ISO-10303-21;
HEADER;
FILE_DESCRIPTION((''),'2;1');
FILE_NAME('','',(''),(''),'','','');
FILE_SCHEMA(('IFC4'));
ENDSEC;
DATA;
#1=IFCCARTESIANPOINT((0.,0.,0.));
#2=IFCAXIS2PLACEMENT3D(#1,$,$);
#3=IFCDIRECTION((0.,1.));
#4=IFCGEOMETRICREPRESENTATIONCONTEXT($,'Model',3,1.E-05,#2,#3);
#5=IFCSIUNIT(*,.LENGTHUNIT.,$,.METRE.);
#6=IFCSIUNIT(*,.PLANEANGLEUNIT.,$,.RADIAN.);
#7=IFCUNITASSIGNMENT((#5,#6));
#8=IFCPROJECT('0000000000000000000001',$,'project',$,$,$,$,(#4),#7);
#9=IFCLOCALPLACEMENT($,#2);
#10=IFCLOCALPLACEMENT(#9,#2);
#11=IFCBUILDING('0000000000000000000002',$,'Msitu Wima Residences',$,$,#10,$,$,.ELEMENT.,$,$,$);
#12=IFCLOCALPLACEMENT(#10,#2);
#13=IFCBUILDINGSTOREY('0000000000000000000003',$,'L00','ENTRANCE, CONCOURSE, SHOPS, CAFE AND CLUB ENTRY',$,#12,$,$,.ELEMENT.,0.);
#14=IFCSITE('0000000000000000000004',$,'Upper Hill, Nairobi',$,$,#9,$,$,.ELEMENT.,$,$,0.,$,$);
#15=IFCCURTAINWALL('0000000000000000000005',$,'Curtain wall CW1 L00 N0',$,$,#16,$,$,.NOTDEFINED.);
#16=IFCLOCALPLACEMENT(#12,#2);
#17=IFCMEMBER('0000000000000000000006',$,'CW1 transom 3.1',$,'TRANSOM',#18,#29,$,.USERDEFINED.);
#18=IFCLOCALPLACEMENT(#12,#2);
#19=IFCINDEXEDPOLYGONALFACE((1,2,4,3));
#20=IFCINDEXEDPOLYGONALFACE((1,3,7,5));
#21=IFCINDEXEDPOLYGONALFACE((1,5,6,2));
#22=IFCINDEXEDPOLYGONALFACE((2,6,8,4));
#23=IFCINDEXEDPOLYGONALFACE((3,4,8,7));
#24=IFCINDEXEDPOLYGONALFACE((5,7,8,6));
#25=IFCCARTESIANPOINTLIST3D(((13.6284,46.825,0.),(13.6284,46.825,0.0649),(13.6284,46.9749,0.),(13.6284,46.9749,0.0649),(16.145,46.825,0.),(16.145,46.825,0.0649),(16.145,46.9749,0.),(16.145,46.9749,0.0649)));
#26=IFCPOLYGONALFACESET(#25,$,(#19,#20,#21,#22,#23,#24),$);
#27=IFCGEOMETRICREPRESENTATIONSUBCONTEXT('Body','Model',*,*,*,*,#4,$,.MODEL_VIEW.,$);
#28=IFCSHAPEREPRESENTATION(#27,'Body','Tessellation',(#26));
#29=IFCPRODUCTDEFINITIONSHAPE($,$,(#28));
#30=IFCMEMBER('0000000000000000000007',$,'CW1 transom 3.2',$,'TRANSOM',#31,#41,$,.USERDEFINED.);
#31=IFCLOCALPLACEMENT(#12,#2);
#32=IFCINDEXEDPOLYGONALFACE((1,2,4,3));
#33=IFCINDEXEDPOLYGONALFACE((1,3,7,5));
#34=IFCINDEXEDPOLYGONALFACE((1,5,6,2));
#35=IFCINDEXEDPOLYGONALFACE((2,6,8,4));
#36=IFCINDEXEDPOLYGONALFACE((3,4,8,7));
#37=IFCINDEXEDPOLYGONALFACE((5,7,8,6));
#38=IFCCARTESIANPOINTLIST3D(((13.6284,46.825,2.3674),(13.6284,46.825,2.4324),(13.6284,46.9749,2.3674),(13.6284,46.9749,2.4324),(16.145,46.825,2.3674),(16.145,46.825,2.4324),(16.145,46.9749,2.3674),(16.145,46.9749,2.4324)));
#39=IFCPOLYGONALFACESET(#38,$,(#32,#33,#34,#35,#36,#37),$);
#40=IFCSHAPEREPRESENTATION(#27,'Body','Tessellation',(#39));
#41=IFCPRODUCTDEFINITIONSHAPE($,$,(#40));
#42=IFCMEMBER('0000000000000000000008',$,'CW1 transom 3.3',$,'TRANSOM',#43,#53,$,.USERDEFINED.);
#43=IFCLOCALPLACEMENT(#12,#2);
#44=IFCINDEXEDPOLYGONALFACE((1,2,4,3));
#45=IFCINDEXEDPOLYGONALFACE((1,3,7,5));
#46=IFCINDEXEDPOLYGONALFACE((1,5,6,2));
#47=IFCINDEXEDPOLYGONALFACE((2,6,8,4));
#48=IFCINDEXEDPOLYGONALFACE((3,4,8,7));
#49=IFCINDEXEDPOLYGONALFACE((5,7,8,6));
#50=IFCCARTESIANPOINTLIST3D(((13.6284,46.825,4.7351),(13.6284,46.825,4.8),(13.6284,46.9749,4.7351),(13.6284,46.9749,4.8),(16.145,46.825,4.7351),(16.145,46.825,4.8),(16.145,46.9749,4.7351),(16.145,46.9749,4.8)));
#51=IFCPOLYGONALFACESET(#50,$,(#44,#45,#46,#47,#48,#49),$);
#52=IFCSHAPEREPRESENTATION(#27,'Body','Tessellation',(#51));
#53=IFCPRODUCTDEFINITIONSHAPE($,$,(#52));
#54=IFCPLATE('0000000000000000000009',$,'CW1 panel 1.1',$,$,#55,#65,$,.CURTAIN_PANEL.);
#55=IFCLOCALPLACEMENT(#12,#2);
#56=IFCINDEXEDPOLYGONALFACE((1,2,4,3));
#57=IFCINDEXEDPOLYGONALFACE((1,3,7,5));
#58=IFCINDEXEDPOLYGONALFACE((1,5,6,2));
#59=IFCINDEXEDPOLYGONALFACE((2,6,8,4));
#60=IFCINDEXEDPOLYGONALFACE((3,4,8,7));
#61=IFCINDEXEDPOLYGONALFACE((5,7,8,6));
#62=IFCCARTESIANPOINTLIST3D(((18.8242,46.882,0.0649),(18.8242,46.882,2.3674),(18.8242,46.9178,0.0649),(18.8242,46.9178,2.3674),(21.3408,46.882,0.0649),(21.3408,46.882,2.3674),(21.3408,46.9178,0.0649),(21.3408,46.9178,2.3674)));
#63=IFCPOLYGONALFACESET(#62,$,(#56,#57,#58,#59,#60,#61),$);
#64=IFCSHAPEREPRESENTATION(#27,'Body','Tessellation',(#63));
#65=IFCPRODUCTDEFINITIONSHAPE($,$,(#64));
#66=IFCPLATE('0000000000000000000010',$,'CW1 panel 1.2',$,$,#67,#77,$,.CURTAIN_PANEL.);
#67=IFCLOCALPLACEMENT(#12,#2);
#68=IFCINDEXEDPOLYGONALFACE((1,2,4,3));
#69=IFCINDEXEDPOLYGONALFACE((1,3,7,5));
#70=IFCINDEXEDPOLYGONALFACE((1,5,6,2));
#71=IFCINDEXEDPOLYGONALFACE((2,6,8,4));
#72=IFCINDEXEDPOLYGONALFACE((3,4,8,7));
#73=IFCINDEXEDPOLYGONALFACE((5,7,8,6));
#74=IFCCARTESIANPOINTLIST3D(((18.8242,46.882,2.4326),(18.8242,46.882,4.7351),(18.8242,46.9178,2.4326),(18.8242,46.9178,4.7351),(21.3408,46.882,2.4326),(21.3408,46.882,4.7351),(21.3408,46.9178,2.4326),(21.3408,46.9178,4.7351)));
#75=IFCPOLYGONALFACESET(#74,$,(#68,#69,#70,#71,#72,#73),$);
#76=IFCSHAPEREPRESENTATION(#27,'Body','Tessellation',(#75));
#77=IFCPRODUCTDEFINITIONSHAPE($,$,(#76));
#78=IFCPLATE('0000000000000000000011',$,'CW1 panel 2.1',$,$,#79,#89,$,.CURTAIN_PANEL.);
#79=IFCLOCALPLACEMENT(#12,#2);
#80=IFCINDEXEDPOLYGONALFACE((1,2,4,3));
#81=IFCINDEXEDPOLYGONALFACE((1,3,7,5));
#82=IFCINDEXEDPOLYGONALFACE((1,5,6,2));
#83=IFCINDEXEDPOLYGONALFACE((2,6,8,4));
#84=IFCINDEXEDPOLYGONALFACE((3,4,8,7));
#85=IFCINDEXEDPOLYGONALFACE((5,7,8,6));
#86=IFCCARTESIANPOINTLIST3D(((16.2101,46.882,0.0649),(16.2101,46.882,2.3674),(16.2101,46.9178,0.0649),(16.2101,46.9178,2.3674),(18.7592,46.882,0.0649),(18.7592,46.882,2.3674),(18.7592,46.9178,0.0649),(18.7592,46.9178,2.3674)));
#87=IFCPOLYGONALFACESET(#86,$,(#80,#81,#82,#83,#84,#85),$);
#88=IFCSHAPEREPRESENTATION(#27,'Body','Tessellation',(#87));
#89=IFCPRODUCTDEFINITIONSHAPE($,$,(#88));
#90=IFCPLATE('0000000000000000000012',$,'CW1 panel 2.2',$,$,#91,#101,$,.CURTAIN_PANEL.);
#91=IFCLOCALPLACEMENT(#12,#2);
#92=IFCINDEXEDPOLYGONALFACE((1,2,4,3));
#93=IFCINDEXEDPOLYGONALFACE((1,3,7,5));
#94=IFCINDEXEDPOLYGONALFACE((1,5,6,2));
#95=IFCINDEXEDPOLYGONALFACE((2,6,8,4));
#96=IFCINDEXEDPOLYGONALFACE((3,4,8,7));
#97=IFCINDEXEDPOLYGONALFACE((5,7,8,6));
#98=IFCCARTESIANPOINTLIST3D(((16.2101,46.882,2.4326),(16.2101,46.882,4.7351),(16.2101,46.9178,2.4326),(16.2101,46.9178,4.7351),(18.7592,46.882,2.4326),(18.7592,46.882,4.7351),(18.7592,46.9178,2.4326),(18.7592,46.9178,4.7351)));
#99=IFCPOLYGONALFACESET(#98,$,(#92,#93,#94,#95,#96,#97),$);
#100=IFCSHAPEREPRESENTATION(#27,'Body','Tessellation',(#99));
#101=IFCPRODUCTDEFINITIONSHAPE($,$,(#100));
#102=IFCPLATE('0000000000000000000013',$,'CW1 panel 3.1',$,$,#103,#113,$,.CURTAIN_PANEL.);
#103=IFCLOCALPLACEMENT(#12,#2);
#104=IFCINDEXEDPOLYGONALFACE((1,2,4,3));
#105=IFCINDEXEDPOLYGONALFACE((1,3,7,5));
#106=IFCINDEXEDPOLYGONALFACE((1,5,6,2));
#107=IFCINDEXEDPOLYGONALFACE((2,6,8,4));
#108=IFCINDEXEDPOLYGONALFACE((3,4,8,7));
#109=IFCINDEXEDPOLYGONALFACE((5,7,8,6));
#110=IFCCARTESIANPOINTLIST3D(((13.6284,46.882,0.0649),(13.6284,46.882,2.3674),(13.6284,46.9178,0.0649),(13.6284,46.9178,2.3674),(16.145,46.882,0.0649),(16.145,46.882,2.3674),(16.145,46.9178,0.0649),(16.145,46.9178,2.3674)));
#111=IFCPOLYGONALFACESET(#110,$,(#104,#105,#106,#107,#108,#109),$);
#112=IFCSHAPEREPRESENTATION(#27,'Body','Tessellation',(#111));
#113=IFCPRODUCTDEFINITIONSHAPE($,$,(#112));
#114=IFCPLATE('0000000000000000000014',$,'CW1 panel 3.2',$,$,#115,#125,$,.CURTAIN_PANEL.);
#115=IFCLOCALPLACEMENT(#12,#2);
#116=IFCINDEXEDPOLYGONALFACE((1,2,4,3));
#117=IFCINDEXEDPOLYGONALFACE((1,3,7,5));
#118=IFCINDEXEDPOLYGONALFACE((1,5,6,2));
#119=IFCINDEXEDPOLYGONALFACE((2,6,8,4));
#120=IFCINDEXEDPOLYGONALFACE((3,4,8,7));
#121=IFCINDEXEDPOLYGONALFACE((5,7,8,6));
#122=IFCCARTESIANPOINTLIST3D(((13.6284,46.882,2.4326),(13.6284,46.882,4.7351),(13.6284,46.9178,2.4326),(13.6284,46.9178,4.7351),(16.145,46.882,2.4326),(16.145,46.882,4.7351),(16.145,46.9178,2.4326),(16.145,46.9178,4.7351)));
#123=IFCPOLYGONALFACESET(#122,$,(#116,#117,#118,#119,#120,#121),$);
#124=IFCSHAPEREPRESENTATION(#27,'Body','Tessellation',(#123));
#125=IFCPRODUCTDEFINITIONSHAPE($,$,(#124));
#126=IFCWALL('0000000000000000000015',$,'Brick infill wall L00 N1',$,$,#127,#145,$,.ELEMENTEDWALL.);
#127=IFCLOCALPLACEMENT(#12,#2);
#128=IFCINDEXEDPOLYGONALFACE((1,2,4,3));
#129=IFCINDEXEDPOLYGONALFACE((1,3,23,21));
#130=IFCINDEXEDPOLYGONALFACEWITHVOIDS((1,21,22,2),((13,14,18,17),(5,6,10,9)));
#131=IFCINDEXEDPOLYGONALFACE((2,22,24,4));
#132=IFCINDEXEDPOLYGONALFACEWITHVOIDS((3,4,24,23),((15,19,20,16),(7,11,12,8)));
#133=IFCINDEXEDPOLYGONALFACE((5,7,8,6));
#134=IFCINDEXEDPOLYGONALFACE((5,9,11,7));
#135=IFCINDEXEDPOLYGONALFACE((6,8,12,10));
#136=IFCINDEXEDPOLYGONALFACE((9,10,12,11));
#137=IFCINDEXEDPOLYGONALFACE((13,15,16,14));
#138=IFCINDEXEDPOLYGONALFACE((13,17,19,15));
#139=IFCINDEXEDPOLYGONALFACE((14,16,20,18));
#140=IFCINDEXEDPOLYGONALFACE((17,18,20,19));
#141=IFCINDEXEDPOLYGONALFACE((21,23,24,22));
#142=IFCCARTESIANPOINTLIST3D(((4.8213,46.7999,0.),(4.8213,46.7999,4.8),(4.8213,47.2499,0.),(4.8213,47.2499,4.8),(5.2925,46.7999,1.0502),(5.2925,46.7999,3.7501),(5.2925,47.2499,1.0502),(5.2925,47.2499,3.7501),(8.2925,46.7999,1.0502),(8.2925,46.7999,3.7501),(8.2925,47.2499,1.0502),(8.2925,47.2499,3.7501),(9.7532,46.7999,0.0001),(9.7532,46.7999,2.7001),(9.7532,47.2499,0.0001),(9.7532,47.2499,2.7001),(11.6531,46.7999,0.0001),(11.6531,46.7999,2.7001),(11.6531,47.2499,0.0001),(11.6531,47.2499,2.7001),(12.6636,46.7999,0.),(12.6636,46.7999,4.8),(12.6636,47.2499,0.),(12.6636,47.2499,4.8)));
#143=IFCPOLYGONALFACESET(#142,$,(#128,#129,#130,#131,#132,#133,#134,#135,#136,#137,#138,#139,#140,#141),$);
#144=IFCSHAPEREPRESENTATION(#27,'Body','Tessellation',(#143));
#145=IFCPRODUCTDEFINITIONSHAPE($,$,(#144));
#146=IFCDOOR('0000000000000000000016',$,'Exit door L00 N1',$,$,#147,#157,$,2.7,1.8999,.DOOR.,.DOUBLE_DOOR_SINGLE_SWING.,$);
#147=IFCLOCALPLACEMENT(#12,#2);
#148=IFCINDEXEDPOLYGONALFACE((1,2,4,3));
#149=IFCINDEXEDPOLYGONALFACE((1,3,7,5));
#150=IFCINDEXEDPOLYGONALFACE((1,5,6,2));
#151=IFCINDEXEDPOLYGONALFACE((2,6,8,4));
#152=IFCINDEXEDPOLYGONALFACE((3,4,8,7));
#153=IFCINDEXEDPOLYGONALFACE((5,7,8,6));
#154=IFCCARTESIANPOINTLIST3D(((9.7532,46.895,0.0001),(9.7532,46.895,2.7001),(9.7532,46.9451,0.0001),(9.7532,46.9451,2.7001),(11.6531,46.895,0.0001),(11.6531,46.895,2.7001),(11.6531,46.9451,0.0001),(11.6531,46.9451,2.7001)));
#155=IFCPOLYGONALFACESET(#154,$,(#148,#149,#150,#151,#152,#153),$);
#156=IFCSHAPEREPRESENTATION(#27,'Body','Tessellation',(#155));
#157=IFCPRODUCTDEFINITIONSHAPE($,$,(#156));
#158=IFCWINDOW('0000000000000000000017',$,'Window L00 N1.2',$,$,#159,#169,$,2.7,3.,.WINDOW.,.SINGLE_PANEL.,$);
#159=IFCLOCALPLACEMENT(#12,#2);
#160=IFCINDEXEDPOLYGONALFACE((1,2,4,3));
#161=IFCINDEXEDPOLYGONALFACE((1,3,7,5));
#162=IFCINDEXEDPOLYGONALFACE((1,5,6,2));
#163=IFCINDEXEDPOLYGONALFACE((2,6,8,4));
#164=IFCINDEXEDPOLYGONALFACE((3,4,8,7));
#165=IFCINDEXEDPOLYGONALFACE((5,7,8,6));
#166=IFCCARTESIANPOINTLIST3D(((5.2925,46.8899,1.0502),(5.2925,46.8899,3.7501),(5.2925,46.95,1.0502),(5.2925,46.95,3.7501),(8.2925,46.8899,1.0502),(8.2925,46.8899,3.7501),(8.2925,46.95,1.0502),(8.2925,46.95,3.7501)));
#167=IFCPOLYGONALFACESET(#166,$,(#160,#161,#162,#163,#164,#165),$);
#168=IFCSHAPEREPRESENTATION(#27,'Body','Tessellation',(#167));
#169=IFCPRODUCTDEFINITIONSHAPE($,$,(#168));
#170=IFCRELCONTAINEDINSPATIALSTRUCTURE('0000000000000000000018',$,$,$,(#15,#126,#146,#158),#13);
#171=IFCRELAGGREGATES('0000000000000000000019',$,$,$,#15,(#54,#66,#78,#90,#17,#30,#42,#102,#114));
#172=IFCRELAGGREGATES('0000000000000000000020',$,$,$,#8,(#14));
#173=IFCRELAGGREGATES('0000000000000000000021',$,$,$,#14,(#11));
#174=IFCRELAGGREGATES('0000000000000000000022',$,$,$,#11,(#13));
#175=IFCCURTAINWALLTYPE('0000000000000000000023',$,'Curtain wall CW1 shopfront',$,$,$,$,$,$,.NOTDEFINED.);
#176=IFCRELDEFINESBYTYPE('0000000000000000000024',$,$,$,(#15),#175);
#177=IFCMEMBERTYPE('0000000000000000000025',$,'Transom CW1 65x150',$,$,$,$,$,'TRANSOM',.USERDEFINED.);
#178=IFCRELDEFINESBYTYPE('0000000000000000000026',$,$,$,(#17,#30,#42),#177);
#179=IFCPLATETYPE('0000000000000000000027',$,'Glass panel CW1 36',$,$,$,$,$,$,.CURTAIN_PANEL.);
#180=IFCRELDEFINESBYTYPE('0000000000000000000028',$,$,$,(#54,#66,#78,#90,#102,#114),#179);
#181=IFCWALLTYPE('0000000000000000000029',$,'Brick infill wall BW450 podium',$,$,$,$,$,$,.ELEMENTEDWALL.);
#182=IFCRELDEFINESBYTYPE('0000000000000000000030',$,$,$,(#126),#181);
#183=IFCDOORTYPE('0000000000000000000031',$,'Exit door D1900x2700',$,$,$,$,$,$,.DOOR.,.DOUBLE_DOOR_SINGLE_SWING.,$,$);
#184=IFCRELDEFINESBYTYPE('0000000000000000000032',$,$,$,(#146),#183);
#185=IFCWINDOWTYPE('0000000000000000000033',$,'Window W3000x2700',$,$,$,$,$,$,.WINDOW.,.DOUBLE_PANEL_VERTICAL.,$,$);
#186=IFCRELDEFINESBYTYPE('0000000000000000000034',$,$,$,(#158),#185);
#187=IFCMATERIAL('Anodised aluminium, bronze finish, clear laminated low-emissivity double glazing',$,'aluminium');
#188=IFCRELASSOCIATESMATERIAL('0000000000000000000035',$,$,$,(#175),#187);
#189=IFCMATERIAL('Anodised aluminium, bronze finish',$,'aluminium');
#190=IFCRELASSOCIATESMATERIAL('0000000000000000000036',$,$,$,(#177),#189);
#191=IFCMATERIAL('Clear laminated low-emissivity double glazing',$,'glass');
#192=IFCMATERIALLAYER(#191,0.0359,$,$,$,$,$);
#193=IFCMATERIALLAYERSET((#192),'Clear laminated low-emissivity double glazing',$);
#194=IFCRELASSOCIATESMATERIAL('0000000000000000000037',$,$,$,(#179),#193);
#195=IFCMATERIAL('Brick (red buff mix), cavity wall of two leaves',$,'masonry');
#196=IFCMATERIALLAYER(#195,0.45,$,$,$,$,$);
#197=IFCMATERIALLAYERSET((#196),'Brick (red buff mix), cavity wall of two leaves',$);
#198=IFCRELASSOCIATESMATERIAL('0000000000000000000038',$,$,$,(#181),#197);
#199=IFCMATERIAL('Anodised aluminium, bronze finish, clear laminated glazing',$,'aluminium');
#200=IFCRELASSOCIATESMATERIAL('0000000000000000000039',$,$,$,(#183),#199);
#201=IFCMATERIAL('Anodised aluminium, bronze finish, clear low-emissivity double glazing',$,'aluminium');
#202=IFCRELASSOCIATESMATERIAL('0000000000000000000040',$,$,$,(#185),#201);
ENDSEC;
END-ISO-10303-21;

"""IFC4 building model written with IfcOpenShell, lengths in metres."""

from ifc_helpers import new_model, si_unit, direction, frame, frame_2d, origin, origin_2d, place, context, subcontext, project, spatial, rectangle, extrude, material, layer, layer_set, material_profile, profile_set, type_object, element, fill, aggregate, save


model = new_model("IFC4")

# Units and contexts
model_context = context("Model", 3, precision=1e-05, world=origin(), true_north=direction((0.0, 1.0)))
body_context = subcontext(model_context, "Body", "Model", "MODEL_VIEW")
ifc_project = project(units=[si_unit("LENGTHUNIT", "METRE"), si_unit("PLANEANGLEUNIT", "RADIAN")], contexts=[model_context])

# Site, building, storey
site_placement = place(None, origin())
site = spatial("IfcSite", under=ifc_project, at=site_placement, Name="Upper Hill, Nairobi", CompositionType="ELEMENT", RefElevation=0.0)
building_placement = place(site_placement, origin())
building = spatial("IfcBuilding", under=site, at=building_placement, Name="Msitu Wima Residences", CompositionType="ELEMENT")
storey_placement = place(building_placement, origin())
storey = spatial("IfcBuildingStorey", under=building, at=storey_placement, Name="L00", Description="ENTRANCE, CONCOURSE, SHOPS, CAFE AND CLUB ENTRY", CompositionType="ELEMENT", Elevation=0.0)

# Curtain wall
ifc_material_1 = material(Name="Anodised aluminium, bronze finish, clear laminated low-emissivity double glazing", Category="aluminium")
curtain_wall_type = type_object("IfcCurtainWallType", Name="Curtain wall CW1 shopfront", PredefinedType="NOTDEFINED", material=ifc_material_1)
curtain_wall_placement = place(storey_placement, origin())
curtain_wall = element("IfcCurtainWall", 1, at=curtain_wall_placement, inside=storey, type_object=curtain_wall_type, Name="Curtain wall CW1 L00 N0", PredefinedType="NOTDEFINED")
ifc_material_2 = material(Name="Anodised aluminium, bronze finish", Category="aluminium")

# Members
ifc_material_profile_1 = material_profile(ifc_material_2, rectangle(XDim=0.1499, YDim=0.0649, at=origin_2d()), Name="Transom 65x150")
ifc_profile_set_1 = profile_set([ifc_material_profile_1], Name="Anodised aluminium, bronze finish")
member_type_1 = type_object("IfcMemberType", Name="Transom CW1 65x150", ElementType="TRANSOM", PredefinedType="USERDEFINED", material=ifc_profile_set_1)
member_1_placement = place(storey_placement, frame((16.145, 46.8999, 0.0325), z_axis=(-1.0, 0.0, 0.0), x_axis=(0.0, -1.0, 0.0)))
member_1 = element("IfcMember", 2, at=member_1_placement, type_object=member_type_1, Name="CW1 transom 3.1", ObjectType="TRANSOM", PredefinedType="USERDEFINED", context=body_context, shape_type="SweptSolid", body=[
    extrude(rectangle(XDim=0.1499, YDim=0.0649, at=origin_2d()), origin(), (0.0, 0.0, 1.0), 2.5166),
])
member_2_placement = place(storey_placement, frame((16.145, 46.8999, 2.3999), z_axis=(-1.0, 0.0, 0.0), x_axis=(0.0, -1.0, 0.0)))
member_2 = element("IfcMember", 3, at=member_2_placement, type_object=member_type_1, Name="CW1 transom 3.2", ObjectType="TRANSOM", PredefinedType="USERDEFINED", context=body_context, shape_type="SweptSolid", body=[
    extrude(rectangle(XDim=0.1499, YDim=0.0649, at=origin_2d()), origin(), (0.0, 0.0, 1.0), 2.5166),
])
member_3_placement = place(storey_placement, frame((16.145, 46.8999, 4.7676), z_axis=(-1.0, 0.0, 0.0), x_axis=(0.0, -1.0, 0.0)))
member_3 = element("IfcMember", 4, at=member_3_placement, type_object=member_type_1, Name="CW1 transom 3.3", ObjectType="TRANSOM", PredefinedType="USERDEFINED", context=body_context, shape_type="SweptSolid", body=[
    extrude(rectangle(XDim=0.1499, YDim=0.0649, at=origin_2d()), origin(), (0.0, 0.0, 1.0), 2.5166),
])

# Plates
ifc_material_3 = material(Name="Clear laminated low-emissivity double glazing", Category="glass")
ifc_layer_1 = layer(ifc_material_3, 0.0359)
ifc_layer_set_1 = layer_set([ifc_layer_1], Name="Clear laminated low-emissivity double glazing")
plate_type = type_object("IfcPlateType", Name="Glass panel CW1 36", PredefinedType="CURTAIN_PANEL", material=ifc_layer_set_1)
plate_1_placement = place(storey_placement, frame((20.0825, 46.8999, 0.0649), z_axis=(0.0, 0.0, 1.0), x_axis=(-1.0, 0.0, 0.0)))
plate_1 = element("IfcPlate", 5, at=plate_1_placement, type_object=plate_type, Name="CW1 panel 1.1", PredefinedType="CURTAIN_PANEL", context=body_context, shape_type="SweptSolid", body=[
    extrude(rectangle(XDim=2.5166, YDim=0.0359, at=origin_2d()), origin(), (0.0, 0.0, 1.0), 2.3025),
])
plate_2_placement = place(storey_placement, frame((20.0825, 46.8999, 2.4326), z_axis=(0.0, 0.0, 1.0), x_axis=(-1.0, 0.0, 0.0)))
plate_2 = element("IfcPlate", 6, at=plate_2_placement, type_object=plate_type, Name="CW1 panel 1.2", PredefinedType="CURTAIN_PANEL", context=body_context, shape_type="SweptSolid", body=[
    extrude(rectangle(XDim=2.5166, YDim=0.0359, at=origin_2d()), origin(), (0.0, 0.0, 1.0), 2.3025),
])
plate_3_placement = place(storey_placement, frame((17.4846, 46.8999, 0.0649), z_axis=(0.0, 0.0, 1.0), x_axis=(-1.0, 0.0, 0.0)))
plate_3 = element("IfcPlate", 7, at=plate_3_placement, type_object=plate_type, Name="CW1 panel 2.1", PredefinedType="CURTAIN_PANEL", context=body_context, shape_type="SweptSolid", body=[
    extrude(rectangle(XDim=2.5491, YDim=0.0359, at=origin_2d()), origin(), (0.0, 0.0, 1.0), 2.3025),
])
plate_4_placement = place(storey_placement, frame((17.4846, 46.8999, 2.4326), z_axis=(0.0, 0.0, 1.0), x_axis=(-1.0, 0.0, 0.0)))
plate_4 = element("IfcPlate", 8, at=plate_4_placement, type_object=plate_type, Name="CW1 panel 2.2", PredefinedType="CURTAIN_PANEL", context=body_context, shape_type="SweptSolid", body=[
    extrude(rectangle(XDim=2.5491, YDim=0.0359, at=origin_2d()), origin(), (0.0, 0.0, 1.0), 2.3025),
])
plate_5_placement = place(storey_placement, frame((14.8867, 46.8999, 0.0649), z_axis=(0.0, 0.0, 1.0), x_axis=(-1.0, 0.0, 0.0)))
plate_5 = element("IfcPlate", 9, at=plate_5_placement, type_object=plate_type, Name="CW1 panel 3.1", PredefinedType="CURTAIN_PANEL", context=body_context, shape_type="SweptSolid", body=[
    extrude(rectangle(XDim=2.5166, YDim=0.0359, at=origin_2d()), origin(), (0.0, 0.0, 1.0), 2.3025),
])
plate_6_placement = place(storey_placement, frame((14.8867, 46.8999, 2.4326), z_axis=(0.0, 0.0, 1.0), x_axis=(-1.0, 0.0, 0.0)))
plate_6 = element("IfcPlate", 10, at=plate_6_placement, type_object=plate_type, Name="CW1 panel 3.2", PredefinedType="CURTAIN_PANEL", context=body_context, shape_type="SweptSolid", body=[
    extrude(rectangle(XDim=2.5166, YDim=0.0359, at=origin_2d()), origin(), (0.0, 0.0, 1.0), 2.3025),
])
aggregate(curtain_wall, [plate_1, plate_2, plate_3, plate_4, member_1, member_2, member_3, plate_5, plate_6])

# Wall, openings, door, window
ifc_material_4 = material(Name="Brick (red buff mix), cavity wall of two leaves", Category="masonry")
ifc_layer_2 = layer(ifc_material_4, 0.45)
ifc_layer_set_2 = layer_set([ifc_layer_2], Name="Brick (red buff mix), cavity wall of two leaves")
wall_type_1 = type_object("IfcWallType", Name="Brick infill wall BW450 podium", PredefinedType="ELEMENTEDWALL", material=ifc_layer_set_2)
wall_1_placement = place(storey_placement, frame((12.6636, 47.0249, 0.0), z_axis=(0.0, 0.0, 1.0), x_axis=(-1.0, 0.0, 0.0)))
wall_1 = element("IfcWall", 11, at=wall_1_placement, inside=storey, type_object=wall_type_1, Name="Brick infill wall L00 N1", PredefinedType="ELEMENTEDWALL", context=body_context, shape_type="SweptSolid", body=[
    extrude(rectangle(XDim=7.8423, YDim=0.45, at=frame_2d((3.9211, 0.0))), origin(), (0.0, 0.0, 1.0), 4.8),
])
opening_1_placement = place(wall_1_placement, frame((1.0105, 0.0, 0.0)))
opening_1 = element("IfcOpeningElement", 12, at=opening_1_placement, cuts=wall_1, PredefinedType="OPENING", context=body_context, shape_type="SweptSolid", body=[
    extrude(rectangle(XDim=1.8999, YDim=2.7, at=frame_2d((0.95, 1.3501))), frame((0.0, 0.2349, 0.0), z_axis=(0.0, -1.0, 0.0), x_axis=(1.0, 0.0, 0.0)), (0.0, 0.0, 1.0), 0.47),
])
opening_2_placement = place(wall_1_placement, frame((4.3711, 0.0, 1.05)))
opening_2 = element("IfcOpeningElement", 13, at=opening_2_placement, cuts=wall_1, PredefinedType="OPENING", context=body_context, shape_type="SweptSolid", body=[
    extrude(rectangle(XDim=3.0, YDim=2.7, at=frame_2d((1.5, 1.3501))), frame((0.0, 0.2349, 0.0), z_axis=(0.0, -1.0, 0.0), x_axis=(1.0, 0.0, 0.0)), (0.0, 0.0, 1.0), 0.47),
])
ifc_material_5 = material(Name="Anodised aluminium, bronze finish, clear laminated glazing", Category="aluminium")
door_type_1 = type_object("IfcDoorType", Name="Exit door D1900x2700", OperationType="DOUBLE_DOOR_SINGLE_SWING", PredefinedType="DOOR", material=ifc_material_5)
door_1_placement = place(opening_1_placement, frame((1.8999, 0.0, 0.0), z_axis=(0.0, 0.0, 1.0), x_axis=(-1.0, 0.0, 0.0)))
door_1 = element("IfcDoor", 14, at=door_1_placement, inside=storey, type_object=door_type_1, Name="Exit door L00 N1", OperationType="DOUBLE_DOOR_SINGLE_SWING", OverallHeight=2.7, OverallWidth=1.8999, PredefinedType="DOOR", context=body_context, shape_type="SweptSolid", body=[
    extrude(rectangle(XDim=1.8999, YDim=2.7, at=frame_2d((0.95, 1.3501))), frame((0.0, -0.0798, 0.0), z_axis=(0.0, -1.0, 0.0), x_axis=(1.0, 0.0, 0.0)), (0.0, 0.0, 1.0), 0.05),
])
fill(opening_1, door_1)
ifc_material_6 = material(Name="Anodised aluminium, bronze finish, clear low-emissivity double glazing", Category="aluminium")
window_type = type_object("IfcWindowType", Name="Window W3000x2700", PartitioningType="DOUBLE_PANEL_VERTICAL", PredefinedType="WINDOW", material=ifc_material_6)
window_placement = place(opening_2_placement, origin())
window = element("IfcWindow", 15, at=window_placement, inside=storey, type_object=window_type, Name="Window L00 N1.2", OverallHeight=2.7, OverallWidth=3.0, PartitioningType="SINGLE_PANEL", PredefinedType="WINDOW", context=body_context, shape_type="SweptSolid", body=[
    extrude(rectangle(XDim=3.0, YDim=2.7, at=frame_2d((1.5, 1.3501))), frame((0.0, 0.135, 0.0), z_axis=(0.0, -1.0, 0.0), x_axis=(1.0, 0.0, 0.0)), (0.0, 0.0, 1.0), 0.0601),
])
fill(opening_2, window)

save(model, "model.ifc")
